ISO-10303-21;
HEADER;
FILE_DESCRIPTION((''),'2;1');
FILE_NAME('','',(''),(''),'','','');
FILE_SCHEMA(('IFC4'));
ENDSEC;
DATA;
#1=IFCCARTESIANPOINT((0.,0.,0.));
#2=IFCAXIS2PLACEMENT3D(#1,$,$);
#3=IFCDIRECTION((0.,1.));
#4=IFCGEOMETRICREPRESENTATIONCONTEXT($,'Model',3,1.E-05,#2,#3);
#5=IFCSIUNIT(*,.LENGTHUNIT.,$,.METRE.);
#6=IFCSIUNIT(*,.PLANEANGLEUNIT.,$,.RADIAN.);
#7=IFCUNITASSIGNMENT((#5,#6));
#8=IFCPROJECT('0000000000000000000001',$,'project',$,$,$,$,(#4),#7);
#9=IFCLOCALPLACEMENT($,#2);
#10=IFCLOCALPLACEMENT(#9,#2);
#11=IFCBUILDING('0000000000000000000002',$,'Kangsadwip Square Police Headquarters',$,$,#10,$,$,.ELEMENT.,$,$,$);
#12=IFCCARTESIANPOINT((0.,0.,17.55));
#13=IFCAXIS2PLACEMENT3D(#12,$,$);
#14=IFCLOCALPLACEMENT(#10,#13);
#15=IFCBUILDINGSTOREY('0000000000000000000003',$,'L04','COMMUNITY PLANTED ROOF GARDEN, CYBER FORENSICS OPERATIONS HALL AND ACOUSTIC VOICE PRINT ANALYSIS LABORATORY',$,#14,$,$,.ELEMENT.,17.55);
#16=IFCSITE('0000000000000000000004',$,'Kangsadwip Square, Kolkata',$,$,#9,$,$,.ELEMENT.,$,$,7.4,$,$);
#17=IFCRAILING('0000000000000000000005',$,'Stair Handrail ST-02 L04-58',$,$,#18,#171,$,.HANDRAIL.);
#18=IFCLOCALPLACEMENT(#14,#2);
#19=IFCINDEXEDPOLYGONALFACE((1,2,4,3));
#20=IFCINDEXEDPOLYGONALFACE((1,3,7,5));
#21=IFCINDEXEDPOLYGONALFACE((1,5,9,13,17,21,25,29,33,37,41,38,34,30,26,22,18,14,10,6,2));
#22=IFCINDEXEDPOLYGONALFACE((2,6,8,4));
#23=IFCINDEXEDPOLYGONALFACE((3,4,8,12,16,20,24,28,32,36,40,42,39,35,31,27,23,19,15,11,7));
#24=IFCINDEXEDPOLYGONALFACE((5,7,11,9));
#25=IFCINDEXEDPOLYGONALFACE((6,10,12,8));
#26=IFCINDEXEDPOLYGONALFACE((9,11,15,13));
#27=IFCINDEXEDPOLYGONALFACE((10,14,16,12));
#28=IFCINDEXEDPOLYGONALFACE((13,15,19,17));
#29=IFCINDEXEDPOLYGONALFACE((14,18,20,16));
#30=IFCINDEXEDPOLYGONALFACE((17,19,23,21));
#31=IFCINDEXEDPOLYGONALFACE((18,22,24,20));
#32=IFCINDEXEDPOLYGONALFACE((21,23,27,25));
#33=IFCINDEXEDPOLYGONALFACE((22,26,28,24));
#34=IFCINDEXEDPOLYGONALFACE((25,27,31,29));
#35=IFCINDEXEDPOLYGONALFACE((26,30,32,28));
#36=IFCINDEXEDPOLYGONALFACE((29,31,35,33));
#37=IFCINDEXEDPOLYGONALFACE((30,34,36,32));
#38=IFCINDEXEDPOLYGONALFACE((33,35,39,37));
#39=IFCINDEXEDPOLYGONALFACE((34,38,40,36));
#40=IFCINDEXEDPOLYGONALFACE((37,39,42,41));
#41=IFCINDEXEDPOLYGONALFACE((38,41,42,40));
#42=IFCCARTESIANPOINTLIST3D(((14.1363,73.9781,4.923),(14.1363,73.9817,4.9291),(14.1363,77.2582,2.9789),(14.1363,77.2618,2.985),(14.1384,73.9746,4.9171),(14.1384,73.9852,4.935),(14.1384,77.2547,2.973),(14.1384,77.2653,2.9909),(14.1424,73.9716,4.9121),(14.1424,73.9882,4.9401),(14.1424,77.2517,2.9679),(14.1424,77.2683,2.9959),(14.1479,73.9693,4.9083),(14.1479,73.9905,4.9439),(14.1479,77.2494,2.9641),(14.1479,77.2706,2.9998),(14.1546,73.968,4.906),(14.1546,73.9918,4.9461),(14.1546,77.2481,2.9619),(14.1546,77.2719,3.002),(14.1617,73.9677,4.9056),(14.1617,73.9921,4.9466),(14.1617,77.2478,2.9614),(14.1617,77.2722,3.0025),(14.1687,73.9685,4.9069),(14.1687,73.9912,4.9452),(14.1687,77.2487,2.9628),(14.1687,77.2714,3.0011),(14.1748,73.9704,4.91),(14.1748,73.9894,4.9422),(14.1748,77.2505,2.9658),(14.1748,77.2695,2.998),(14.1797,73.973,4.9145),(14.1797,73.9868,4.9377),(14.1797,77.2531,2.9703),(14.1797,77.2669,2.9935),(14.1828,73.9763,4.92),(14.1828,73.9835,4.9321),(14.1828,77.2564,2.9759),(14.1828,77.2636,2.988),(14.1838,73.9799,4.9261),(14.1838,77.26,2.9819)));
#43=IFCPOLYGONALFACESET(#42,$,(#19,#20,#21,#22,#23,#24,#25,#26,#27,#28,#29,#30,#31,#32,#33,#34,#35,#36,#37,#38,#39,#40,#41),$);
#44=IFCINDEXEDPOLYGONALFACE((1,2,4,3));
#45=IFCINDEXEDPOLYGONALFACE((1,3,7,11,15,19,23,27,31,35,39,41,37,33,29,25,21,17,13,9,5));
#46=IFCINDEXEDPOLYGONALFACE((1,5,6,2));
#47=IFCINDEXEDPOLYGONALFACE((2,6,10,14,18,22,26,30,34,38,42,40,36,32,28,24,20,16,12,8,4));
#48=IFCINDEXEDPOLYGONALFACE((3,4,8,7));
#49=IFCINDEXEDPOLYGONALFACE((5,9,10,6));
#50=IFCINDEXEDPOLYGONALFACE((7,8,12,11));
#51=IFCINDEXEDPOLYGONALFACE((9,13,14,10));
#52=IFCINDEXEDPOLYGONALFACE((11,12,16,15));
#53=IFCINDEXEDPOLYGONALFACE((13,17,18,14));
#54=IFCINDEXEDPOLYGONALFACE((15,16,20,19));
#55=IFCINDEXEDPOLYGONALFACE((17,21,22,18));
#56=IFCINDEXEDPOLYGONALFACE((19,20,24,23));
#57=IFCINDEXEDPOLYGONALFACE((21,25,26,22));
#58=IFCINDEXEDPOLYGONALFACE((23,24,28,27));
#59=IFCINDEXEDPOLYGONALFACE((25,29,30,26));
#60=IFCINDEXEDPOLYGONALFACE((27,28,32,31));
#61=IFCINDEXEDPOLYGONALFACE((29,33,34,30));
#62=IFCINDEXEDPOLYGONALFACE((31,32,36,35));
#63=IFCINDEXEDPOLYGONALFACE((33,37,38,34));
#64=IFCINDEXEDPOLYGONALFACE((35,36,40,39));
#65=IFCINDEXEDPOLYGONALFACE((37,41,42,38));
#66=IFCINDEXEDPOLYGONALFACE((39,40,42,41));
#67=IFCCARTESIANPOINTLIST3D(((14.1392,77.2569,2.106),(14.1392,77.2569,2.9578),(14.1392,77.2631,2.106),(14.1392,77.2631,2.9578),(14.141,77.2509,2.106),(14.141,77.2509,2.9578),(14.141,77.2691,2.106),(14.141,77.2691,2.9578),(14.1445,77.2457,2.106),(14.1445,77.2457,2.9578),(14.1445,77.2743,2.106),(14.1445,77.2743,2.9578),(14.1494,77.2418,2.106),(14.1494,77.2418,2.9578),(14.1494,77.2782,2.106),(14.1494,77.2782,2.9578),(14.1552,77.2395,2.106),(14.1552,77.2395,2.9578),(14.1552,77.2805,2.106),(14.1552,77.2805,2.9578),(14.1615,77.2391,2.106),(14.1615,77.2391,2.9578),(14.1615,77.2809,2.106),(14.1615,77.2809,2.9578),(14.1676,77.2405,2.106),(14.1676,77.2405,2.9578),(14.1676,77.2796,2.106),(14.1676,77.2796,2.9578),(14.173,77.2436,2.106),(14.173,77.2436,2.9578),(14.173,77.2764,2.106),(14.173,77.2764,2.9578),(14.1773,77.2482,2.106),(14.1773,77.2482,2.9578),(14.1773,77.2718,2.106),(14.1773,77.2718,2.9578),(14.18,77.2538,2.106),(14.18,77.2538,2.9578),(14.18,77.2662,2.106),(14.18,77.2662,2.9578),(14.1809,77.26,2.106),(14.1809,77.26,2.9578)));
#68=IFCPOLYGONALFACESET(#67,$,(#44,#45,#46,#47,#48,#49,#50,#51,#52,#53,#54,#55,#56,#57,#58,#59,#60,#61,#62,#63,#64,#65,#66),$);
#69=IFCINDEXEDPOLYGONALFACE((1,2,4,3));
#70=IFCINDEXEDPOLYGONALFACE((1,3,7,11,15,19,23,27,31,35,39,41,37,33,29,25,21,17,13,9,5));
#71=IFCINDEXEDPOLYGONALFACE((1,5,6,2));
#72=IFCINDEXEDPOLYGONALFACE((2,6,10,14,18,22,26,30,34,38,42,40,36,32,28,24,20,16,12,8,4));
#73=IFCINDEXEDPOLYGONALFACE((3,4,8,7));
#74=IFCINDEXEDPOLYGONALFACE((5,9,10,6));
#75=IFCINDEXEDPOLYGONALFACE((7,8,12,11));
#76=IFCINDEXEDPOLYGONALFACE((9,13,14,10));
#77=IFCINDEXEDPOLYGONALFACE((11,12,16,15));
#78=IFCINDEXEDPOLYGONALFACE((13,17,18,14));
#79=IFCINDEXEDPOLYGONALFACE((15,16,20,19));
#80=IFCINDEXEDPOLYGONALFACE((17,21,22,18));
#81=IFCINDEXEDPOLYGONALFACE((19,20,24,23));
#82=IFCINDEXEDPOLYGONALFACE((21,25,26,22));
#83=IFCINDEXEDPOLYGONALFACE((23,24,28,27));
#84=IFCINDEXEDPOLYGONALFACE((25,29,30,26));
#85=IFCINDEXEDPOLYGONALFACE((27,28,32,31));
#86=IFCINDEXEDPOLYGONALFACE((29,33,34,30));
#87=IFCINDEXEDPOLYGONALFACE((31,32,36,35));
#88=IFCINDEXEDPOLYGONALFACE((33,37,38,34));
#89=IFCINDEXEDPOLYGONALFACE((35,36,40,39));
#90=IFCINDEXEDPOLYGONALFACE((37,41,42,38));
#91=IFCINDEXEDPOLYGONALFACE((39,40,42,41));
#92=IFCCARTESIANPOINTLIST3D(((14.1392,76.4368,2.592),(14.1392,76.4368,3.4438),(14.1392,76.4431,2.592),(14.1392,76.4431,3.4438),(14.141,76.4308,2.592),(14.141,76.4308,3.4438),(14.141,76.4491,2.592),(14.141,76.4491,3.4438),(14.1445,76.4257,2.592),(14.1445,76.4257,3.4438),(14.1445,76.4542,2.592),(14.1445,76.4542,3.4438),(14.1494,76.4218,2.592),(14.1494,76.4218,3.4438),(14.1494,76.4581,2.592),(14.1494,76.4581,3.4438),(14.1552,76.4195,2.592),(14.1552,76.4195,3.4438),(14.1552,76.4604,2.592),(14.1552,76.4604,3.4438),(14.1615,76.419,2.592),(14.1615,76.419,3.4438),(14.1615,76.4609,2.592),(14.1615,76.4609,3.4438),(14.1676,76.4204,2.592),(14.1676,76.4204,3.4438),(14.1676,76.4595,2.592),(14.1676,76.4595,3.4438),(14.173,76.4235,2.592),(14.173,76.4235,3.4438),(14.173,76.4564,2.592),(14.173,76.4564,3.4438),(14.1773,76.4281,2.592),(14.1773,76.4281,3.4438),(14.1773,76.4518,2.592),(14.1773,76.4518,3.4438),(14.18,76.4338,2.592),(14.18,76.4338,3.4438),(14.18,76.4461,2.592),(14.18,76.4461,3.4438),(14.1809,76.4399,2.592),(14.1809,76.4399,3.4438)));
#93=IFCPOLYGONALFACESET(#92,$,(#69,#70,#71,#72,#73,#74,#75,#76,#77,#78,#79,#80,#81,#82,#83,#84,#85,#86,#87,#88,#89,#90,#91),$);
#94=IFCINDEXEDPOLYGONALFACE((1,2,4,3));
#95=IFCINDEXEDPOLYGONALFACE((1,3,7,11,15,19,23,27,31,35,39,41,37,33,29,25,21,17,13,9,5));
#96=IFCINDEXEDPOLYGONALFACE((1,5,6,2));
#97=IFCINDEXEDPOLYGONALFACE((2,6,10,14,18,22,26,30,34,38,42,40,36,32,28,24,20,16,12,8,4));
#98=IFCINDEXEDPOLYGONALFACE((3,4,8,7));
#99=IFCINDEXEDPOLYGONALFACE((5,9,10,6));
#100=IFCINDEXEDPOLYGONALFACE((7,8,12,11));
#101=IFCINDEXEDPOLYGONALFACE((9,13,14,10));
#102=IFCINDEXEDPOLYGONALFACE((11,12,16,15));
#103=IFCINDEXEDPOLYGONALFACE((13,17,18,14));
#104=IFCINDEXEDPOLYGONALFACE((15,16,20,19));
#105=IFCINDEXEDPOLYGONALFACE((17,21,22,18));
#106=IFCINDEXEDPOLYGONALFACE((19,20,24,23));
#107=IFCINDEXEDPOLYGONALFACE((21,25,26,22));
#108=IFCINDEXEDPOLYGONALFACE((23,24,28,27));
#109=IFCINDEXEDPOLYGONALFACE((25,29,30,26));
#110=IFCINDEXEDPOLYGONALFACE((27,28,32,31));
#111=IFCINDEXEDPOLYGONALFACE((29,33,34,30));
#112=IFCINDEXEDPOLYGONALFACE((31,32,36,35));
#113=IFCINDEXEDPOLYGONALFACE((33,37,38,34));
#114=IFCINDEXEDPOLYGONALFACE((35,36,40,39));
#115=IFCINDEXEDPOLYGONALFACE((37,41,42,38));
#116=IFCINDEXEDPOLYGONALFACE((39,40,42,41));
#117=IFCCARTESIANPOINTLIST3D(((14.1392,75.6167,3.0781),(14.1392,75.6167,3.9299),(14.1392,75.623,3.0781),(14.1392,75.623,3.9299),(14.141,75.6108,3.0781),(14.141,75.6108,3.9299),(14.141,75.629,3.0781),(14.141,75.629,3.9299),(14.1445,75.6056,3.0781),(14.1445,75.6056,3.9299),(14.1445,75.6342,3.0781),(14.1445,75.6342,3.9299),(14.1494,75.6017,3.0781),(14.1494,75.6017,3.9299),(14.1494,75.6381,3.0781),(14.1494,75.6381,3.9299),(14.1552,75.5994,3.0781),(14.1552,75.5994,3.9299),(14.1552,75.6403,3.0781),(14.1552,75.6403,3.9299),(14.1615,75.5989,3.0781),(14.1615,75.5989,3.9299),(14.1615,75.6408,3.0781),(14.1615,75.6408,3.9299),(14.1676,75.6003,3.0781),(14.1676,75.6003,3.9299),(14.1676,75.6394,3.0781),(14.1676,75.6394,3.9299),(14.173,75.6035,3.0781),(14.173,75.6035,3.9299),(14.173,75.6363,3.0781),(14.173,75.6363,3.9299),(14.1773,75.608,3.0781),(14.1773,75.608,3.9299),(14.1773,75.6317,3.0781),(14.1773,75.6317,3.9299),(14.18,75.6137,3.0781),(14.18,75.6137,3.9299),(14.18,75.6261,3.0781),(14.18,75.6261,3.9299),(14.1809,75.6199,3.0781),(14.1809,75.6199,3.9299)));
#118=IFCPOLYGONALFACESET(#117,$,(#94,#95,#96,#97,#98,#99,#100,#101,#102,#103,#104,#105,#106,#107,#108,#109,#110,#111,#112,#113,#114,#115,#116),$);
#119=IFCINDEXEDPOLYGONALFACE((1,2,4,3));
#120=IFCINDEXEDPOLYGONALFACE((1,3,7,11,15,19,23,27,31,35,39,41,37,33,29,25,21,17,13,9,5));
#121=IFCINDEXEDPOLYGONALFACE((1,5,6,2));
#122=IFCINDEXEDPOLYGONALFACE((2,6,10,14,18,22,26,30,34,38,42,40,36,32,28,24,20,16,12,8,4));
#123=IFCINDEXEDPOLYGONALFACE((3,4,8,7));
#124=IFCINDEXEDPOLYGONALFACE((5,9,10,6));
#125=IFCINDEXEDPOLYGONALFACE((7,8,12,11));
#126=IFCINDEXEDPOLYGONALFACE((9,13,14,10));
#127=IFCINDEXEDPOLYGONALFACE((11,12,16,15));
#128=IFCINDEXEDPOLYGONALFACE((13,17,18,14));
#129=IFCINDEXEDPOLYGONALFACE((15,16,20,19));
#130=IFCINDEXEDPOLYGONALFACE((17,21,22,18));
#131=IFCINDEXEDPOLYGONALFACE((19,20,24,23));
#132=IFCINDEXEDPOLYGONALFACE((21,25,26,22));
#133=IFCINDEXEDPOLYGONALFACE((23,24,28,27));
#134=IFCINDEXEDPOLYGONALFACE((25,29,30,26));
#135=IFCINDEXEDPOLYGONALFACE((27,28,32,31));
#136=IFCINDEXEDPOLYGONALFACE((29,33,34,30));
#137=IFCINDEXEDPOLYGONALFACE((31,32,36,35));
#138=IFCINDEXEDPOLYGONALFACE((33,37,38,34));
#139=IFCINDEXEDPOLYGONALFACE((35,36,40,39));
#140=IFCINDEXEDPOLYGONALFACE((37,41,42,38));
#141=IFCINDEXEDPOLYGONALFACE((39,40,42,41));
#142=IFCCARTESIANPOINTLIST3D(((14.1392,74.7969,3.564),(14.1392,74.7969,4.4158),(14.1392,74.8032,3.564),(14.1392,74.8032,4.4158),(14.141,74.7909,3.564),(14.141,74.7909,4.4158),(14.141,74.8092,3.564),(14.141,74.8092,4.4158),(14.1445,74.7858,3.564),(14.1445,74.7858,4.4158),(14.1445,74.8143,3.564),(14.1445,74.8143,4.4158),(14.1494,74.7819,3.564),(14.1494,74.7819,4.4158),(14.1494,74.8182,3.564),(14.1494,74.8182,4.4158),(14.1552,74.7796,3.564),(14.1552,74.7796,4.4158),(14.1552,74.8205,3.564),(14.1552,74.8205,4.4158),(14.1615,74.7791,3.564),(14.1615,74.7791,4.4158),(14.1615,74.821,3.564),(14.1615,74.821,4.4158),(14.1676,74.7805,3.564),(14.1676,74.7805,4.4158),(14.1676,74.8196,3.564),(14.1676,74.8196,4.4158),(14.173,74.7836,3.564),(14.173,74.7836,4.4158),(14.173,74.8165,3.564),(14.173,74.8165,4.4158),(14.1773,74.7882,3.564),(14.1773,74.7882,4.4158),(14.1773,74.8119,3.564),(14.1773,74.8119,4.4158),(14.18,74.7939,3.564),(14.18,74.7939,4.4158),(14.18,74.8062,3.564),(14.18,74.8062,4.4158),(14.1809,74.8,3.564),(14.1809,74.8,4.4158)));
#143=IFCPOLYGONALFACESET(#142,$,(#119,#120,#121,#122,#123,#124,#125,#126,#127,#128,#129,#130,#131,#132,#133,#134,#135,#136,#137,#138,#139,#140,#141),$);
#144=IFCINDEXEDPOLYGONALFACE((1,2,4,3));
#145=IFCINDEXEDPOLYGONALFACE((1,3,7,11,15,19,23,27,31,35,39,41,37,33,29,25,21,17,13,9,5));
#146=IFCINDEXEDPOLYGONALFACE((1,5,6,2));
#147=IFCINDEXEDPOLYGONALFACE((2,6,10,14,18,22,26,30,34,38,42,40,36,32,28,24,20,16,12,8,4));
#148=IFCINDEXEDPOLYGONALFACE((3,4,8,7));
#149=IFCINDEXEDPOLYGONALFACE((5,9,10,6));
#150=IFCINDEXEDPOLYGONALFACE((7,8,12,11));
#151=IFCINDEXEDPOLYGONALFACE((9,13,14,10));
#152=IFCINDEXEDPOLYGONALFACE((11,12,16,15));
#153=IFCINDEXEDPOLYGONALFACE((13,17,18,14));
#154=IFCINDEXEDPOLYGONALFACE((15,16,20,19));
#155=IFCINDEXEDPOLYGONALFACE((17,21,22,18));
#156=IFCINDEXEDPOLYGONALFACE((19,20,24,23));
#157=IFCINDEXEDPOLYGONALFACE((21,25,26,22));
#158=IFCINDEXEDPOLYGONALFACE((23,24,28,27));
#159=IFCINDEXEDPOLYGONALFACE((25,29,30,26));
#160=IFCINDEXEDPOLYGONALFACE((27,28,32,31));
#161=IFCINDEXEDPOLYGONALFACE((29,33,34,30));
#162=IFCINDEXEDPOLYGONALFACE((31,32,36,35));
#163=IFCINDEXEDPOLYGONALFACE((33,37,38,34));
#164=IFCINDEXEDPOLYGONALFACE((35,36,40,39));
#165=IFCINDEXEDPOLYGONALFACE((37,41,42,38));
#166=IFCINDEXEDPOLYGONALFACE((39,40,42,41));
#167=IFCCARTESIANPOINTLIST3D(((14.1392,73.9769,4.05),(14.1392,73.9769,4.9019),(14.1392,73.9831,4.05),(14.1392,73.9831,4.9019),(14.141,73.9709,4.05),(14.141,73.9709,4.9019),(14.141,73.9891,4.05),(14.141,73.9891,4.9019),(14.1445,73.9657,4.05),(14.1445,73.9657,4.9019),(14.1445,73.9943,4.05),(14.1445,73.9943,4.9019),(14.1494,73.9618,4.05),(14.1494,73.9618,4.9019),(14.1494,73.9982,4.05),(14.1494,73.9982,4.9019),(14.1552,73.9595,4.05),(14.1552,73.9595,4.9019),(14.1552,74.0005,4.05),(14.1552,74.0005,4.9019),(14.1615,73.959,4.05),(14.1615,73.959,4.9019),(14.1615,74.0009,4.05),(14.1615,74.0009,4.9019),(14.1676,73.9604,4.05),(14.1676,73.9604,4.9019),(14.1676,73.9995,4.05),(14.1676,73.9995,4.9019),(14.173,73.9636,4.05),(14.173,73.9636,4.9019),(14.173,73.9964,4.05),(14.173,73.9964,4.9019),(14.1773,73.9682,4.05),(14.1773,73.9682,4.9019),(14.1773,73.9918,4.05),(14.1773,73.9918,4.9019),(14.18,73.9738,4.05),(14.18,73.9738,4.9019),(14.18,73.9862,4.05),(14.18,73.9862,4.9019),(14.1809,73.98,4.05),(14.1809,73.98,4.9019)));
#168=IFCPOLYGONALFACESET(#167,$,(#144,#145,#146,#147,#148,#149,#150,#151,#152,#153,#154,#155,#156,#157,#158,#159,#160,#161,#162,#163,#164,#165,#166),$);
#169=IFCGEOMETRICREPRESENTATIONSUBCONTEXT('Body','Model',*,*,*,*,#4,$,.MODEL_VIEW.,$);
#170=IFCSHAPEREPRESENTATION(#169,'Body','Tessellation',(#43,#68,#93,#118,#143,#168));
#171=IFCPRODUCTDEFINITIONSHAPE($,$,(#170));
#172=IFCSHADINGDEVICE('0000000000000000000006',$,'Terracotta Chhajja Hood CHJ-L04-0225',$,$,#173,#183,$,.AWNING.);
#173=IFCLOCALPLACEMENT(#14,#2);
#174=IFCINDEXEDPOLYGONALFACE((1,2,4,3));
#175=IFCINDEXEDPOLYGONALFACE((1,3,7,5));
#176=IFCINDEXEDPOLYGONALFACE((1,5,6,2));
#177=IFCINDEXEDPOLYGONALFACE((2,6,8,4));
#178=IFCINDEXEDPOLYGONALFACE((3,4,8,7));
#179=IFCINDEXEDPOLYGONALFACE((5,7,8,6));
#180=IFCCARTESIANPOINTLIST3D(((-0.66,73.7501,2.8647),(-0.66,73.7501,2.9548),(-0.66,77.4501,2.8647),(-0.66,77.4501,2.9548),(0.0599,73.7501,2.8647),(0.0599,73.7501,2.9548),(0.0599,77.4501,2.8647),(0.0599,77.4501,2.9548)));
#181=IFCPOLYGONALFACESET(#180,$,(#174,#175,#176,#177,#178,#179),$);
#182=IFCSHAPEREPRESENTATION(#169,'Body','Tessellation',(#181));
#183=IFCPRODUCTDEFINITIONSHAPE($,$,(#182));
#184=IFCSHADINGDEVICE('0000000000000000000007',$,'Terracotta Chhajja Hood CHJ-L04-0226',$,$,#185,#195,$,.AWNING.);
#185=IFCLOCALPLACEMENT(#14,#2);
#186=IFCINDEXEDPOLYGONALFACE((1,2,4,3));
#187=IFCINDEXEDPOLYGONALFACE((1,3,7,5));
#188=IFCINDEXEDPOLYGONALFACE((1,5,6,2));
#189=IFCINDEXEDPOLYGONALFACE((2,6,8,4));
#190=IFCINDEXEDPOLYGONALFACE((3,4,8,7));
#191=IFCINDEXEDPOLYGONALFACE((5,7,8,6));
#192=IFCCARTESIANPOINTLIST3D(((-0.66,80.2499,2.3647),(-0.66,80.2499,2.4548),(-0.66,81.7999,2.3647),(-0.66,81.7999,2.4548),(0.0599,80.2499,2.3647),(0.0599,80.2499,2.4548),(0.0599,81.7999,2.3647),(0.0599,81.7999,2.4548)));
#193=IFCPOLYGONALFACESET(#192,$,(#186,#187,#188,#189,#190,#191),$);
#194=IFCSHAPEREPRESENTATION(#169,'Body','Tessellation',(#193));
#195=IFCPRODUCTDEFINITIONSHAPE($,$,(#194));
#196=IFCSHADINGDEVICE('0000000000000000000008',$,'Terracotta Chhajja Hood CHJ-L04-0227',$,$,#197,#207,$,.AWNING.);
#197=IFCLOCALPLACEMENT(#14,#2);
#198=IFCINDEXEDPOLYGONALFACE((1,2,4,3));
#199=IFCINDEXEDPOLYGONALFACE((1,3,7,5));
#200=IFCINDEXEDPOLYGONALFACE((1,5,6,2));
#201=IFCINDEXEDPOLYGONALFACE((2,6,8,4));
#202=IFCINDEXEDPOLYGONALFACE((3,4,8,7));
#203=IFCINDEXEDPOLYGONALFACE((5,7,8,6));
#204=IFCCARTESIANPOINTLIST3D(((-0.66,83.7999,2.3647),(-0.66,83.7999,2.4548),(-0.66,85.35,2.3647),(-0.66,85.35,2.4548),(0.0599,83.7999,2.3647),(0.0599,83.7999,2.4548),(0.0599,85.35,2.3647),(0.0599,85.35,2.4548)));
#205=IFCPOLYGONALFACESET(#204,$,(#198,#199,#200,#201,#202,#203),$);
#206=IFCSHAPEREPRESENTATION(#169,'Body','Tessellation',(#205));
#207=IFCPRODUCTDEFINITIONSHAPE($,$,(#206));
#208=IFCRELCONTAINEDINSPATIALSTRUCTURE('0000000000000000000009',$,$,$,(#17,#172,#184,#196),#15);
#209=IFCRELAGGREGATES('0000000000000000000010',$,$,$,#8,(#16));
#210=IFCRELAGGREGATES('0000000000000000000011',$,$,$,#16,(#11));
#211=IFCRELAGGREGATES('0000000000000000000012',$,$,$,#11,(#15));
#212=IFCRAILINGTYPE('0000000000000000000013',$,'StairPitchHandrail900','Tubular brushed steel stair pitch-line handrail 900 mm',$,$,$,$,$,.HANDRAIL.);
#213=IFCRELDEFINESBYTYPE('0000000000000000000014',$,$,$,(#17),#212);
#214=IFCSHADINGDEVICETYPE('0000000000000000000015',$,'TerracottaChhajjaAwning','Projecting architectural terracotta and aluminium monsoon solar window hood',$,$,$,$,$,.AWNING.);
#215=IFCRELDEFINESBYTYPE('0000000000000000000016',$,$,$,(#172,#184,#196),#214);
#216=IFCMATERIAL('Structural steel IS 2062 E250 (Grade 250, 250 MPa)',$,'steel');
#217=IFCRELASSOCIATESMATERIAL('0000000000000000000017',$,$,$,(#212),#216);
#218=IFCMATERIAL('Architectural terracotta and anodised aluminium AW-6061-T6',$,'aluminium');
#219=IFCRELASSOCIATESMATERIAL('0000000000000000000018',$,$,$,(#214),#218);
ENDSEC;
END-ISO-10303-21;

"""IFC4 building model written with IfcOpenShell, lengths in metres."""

from ifc_helpers import new_model, si_unit, direction, frame, origin, origin_2d, place, context, subcontext, project, spatial, rectangle, circle, extrude, material, type_object, element, save


model = new_model("IFC4")

# Units and contexts
model_context = context("Model", 3, precision=1e-05, world=origin(), true_north=direction((0.0, 1.0)))
body_context = subcontext(model_context, "Body", "Model", "MODEL_VIEW")
ifc_project = project(units=[si_unit("LENGTHUNIT", "METRE"), si_unit("PLANEANGLEUNIT", "RADIAN")], contexts=[model_context])

# Site, building, storey
site_placement = place(None, origin())
site = spatial("IfcSite", under=ifc_project, at=site_placement, Name="Kangsadwip Square, Kolkata", CompositionType="ELEMENT", RefElevation=7.4)
building_placement = place(site_placement, origin())
building = spatial("IfcBuilding", under=site, at=building_placement, Name="Kangsadwip Square Police Headquarters", CompositionType="ELEMENT")
storey_placement = place(building_placement, frame((0.0, 0.0, 17.55)))
storey = spatial("IfcBuildingStorey", under=building, at=storey_placement, Name="L04", Description="COMMUNITY PLANTED ROOF GARDEN, CYBER FORENSICS OPERATIONS HALL AND ACOUSTIC VOICE PRINT ANALYSIS LABORATORY", CompositionType="ELEMENT", Elevation=17.55)

# Railing
ifc_material_1 = material(Name="Structural steel IS 2062 E250 (Grade 250, 250 MPa)", Category="steel")
railing_type_1 = type_object("IfcRailingType", Name="StairPitchHandrail900", Description="Tubular brushed steel stair pitch-line handrail 900 mm", PredefinedType="HANDRAIL", material=ifc_material_1)
railing_1_placement = place(storey_placement, frame((14.1599, 77.26, 2.106)))
element("IfcRailing", 1, at=railing_1_placement, inside=storey, type_object=railing_type_1, Name="Stair Handrail ST-02 L04-58", PredefinedType="HANDRAIL", context=body_context, shape_type="SweptSolid", body=[
    extrude(circle(Radius=0.0239, at=origin_2d()), frame((0.0, 0.0, 0.876), z_axis=(0.0, -0.860249, 0.509874), x_axis=(1.0, 0.0, 0.0)), (0.0, 0.0, 1.0), 3.813),
    extrude(circle(Radius=0.021, at=origin_2d()), origin(), (0.0, 0.0, 1.0), 0.8518),
    extrude(circle(Radius=0.021, at=origin_2d()), frame((0.0, -0.8201, 0.4861)), (0.0, 0.0, 1.0), 0.8518),
    extrude(circle(Radius=0.021, at=origin_2d()), frame((0.0, -1.6401, 0.9722)), (0.0, 0.0, 1.0), 0.8518),
    extrude(circle(Radius=0.021, at=origin_2d()), frame((0.0, -2.46, 1.458)), (0.0, 0.0, 1.0), 0.8518),
    extrude(circle(Radius=0.021, at=origin_2d()), frame((0.0, -3.28, 1.9441)), (0.0, 0.0, 1.0), 0.8518),
])

# Shading devices
ifc_material_2 = material(Name="Architectural terracotta and anodised aluminium AW-6061-T6", Category="aluminium")
shading_device_type = type_object("IfcShadingDeviceType", Name="TerracottaChhajjaAwning", Description="Projecting architectural terracotta and aluminium monsoon solar window hood", PredefinedType="AWNING", material=ifc_material_2)
shading_device_placement = place(storey_placement, frame((-0.3, 75.6001, 2.8647), z_axis=(0.0, 0.0, 1.0), x_axis=(0.0, 1.0, 0.0)))
element("IfcShadingDevice", 2, at=shading_device_placement, inside=storey, type_object=shading_device_type, Name="Terracotta Chhajja Hood CHJ-L04-0225", PredefinedType="AWNING", context=body_context, shape_type="SweptSolid", body=[
    extrude(rectangle(XDim=3.7, YDim=0.72, at=origin_2d()), origin(), (0.0, 0.0, 1.0), 0.0901),
])
for number, where, z_axis, x_axis, name in (
    (3, (-0.3, 81.0249, 2.3647), (0.0, 0.0, 1.0), (0.0, 1.0, 0.0), "Terracotta Chhajja Hood CHJ-L04-0226"),
    (4, (-0.3, 84.575, 2.3647), (0.0, 0.0, 1.0), (0.0, 1.0, 0.0), "Terracotta Chhajja Hood CHJ-L04-0227"),
):
    element("IfcShadingDevice", number, at=place(storey_placement, frame(where, z_axis=z_axis, x_axis=x_axis)), inside=storey, type_object=shading_device_type, Name=name, PredefinedType="AWNING", context=body_context, shape_type="SweptSolid", body=[
        extrude(rectangle(XDim=1.55, YDim=0.72, at=origin_2d()), origin(), (0.0, 0.0, 1.0), 0.0901),
    ])

save(model, "model.ifc")
